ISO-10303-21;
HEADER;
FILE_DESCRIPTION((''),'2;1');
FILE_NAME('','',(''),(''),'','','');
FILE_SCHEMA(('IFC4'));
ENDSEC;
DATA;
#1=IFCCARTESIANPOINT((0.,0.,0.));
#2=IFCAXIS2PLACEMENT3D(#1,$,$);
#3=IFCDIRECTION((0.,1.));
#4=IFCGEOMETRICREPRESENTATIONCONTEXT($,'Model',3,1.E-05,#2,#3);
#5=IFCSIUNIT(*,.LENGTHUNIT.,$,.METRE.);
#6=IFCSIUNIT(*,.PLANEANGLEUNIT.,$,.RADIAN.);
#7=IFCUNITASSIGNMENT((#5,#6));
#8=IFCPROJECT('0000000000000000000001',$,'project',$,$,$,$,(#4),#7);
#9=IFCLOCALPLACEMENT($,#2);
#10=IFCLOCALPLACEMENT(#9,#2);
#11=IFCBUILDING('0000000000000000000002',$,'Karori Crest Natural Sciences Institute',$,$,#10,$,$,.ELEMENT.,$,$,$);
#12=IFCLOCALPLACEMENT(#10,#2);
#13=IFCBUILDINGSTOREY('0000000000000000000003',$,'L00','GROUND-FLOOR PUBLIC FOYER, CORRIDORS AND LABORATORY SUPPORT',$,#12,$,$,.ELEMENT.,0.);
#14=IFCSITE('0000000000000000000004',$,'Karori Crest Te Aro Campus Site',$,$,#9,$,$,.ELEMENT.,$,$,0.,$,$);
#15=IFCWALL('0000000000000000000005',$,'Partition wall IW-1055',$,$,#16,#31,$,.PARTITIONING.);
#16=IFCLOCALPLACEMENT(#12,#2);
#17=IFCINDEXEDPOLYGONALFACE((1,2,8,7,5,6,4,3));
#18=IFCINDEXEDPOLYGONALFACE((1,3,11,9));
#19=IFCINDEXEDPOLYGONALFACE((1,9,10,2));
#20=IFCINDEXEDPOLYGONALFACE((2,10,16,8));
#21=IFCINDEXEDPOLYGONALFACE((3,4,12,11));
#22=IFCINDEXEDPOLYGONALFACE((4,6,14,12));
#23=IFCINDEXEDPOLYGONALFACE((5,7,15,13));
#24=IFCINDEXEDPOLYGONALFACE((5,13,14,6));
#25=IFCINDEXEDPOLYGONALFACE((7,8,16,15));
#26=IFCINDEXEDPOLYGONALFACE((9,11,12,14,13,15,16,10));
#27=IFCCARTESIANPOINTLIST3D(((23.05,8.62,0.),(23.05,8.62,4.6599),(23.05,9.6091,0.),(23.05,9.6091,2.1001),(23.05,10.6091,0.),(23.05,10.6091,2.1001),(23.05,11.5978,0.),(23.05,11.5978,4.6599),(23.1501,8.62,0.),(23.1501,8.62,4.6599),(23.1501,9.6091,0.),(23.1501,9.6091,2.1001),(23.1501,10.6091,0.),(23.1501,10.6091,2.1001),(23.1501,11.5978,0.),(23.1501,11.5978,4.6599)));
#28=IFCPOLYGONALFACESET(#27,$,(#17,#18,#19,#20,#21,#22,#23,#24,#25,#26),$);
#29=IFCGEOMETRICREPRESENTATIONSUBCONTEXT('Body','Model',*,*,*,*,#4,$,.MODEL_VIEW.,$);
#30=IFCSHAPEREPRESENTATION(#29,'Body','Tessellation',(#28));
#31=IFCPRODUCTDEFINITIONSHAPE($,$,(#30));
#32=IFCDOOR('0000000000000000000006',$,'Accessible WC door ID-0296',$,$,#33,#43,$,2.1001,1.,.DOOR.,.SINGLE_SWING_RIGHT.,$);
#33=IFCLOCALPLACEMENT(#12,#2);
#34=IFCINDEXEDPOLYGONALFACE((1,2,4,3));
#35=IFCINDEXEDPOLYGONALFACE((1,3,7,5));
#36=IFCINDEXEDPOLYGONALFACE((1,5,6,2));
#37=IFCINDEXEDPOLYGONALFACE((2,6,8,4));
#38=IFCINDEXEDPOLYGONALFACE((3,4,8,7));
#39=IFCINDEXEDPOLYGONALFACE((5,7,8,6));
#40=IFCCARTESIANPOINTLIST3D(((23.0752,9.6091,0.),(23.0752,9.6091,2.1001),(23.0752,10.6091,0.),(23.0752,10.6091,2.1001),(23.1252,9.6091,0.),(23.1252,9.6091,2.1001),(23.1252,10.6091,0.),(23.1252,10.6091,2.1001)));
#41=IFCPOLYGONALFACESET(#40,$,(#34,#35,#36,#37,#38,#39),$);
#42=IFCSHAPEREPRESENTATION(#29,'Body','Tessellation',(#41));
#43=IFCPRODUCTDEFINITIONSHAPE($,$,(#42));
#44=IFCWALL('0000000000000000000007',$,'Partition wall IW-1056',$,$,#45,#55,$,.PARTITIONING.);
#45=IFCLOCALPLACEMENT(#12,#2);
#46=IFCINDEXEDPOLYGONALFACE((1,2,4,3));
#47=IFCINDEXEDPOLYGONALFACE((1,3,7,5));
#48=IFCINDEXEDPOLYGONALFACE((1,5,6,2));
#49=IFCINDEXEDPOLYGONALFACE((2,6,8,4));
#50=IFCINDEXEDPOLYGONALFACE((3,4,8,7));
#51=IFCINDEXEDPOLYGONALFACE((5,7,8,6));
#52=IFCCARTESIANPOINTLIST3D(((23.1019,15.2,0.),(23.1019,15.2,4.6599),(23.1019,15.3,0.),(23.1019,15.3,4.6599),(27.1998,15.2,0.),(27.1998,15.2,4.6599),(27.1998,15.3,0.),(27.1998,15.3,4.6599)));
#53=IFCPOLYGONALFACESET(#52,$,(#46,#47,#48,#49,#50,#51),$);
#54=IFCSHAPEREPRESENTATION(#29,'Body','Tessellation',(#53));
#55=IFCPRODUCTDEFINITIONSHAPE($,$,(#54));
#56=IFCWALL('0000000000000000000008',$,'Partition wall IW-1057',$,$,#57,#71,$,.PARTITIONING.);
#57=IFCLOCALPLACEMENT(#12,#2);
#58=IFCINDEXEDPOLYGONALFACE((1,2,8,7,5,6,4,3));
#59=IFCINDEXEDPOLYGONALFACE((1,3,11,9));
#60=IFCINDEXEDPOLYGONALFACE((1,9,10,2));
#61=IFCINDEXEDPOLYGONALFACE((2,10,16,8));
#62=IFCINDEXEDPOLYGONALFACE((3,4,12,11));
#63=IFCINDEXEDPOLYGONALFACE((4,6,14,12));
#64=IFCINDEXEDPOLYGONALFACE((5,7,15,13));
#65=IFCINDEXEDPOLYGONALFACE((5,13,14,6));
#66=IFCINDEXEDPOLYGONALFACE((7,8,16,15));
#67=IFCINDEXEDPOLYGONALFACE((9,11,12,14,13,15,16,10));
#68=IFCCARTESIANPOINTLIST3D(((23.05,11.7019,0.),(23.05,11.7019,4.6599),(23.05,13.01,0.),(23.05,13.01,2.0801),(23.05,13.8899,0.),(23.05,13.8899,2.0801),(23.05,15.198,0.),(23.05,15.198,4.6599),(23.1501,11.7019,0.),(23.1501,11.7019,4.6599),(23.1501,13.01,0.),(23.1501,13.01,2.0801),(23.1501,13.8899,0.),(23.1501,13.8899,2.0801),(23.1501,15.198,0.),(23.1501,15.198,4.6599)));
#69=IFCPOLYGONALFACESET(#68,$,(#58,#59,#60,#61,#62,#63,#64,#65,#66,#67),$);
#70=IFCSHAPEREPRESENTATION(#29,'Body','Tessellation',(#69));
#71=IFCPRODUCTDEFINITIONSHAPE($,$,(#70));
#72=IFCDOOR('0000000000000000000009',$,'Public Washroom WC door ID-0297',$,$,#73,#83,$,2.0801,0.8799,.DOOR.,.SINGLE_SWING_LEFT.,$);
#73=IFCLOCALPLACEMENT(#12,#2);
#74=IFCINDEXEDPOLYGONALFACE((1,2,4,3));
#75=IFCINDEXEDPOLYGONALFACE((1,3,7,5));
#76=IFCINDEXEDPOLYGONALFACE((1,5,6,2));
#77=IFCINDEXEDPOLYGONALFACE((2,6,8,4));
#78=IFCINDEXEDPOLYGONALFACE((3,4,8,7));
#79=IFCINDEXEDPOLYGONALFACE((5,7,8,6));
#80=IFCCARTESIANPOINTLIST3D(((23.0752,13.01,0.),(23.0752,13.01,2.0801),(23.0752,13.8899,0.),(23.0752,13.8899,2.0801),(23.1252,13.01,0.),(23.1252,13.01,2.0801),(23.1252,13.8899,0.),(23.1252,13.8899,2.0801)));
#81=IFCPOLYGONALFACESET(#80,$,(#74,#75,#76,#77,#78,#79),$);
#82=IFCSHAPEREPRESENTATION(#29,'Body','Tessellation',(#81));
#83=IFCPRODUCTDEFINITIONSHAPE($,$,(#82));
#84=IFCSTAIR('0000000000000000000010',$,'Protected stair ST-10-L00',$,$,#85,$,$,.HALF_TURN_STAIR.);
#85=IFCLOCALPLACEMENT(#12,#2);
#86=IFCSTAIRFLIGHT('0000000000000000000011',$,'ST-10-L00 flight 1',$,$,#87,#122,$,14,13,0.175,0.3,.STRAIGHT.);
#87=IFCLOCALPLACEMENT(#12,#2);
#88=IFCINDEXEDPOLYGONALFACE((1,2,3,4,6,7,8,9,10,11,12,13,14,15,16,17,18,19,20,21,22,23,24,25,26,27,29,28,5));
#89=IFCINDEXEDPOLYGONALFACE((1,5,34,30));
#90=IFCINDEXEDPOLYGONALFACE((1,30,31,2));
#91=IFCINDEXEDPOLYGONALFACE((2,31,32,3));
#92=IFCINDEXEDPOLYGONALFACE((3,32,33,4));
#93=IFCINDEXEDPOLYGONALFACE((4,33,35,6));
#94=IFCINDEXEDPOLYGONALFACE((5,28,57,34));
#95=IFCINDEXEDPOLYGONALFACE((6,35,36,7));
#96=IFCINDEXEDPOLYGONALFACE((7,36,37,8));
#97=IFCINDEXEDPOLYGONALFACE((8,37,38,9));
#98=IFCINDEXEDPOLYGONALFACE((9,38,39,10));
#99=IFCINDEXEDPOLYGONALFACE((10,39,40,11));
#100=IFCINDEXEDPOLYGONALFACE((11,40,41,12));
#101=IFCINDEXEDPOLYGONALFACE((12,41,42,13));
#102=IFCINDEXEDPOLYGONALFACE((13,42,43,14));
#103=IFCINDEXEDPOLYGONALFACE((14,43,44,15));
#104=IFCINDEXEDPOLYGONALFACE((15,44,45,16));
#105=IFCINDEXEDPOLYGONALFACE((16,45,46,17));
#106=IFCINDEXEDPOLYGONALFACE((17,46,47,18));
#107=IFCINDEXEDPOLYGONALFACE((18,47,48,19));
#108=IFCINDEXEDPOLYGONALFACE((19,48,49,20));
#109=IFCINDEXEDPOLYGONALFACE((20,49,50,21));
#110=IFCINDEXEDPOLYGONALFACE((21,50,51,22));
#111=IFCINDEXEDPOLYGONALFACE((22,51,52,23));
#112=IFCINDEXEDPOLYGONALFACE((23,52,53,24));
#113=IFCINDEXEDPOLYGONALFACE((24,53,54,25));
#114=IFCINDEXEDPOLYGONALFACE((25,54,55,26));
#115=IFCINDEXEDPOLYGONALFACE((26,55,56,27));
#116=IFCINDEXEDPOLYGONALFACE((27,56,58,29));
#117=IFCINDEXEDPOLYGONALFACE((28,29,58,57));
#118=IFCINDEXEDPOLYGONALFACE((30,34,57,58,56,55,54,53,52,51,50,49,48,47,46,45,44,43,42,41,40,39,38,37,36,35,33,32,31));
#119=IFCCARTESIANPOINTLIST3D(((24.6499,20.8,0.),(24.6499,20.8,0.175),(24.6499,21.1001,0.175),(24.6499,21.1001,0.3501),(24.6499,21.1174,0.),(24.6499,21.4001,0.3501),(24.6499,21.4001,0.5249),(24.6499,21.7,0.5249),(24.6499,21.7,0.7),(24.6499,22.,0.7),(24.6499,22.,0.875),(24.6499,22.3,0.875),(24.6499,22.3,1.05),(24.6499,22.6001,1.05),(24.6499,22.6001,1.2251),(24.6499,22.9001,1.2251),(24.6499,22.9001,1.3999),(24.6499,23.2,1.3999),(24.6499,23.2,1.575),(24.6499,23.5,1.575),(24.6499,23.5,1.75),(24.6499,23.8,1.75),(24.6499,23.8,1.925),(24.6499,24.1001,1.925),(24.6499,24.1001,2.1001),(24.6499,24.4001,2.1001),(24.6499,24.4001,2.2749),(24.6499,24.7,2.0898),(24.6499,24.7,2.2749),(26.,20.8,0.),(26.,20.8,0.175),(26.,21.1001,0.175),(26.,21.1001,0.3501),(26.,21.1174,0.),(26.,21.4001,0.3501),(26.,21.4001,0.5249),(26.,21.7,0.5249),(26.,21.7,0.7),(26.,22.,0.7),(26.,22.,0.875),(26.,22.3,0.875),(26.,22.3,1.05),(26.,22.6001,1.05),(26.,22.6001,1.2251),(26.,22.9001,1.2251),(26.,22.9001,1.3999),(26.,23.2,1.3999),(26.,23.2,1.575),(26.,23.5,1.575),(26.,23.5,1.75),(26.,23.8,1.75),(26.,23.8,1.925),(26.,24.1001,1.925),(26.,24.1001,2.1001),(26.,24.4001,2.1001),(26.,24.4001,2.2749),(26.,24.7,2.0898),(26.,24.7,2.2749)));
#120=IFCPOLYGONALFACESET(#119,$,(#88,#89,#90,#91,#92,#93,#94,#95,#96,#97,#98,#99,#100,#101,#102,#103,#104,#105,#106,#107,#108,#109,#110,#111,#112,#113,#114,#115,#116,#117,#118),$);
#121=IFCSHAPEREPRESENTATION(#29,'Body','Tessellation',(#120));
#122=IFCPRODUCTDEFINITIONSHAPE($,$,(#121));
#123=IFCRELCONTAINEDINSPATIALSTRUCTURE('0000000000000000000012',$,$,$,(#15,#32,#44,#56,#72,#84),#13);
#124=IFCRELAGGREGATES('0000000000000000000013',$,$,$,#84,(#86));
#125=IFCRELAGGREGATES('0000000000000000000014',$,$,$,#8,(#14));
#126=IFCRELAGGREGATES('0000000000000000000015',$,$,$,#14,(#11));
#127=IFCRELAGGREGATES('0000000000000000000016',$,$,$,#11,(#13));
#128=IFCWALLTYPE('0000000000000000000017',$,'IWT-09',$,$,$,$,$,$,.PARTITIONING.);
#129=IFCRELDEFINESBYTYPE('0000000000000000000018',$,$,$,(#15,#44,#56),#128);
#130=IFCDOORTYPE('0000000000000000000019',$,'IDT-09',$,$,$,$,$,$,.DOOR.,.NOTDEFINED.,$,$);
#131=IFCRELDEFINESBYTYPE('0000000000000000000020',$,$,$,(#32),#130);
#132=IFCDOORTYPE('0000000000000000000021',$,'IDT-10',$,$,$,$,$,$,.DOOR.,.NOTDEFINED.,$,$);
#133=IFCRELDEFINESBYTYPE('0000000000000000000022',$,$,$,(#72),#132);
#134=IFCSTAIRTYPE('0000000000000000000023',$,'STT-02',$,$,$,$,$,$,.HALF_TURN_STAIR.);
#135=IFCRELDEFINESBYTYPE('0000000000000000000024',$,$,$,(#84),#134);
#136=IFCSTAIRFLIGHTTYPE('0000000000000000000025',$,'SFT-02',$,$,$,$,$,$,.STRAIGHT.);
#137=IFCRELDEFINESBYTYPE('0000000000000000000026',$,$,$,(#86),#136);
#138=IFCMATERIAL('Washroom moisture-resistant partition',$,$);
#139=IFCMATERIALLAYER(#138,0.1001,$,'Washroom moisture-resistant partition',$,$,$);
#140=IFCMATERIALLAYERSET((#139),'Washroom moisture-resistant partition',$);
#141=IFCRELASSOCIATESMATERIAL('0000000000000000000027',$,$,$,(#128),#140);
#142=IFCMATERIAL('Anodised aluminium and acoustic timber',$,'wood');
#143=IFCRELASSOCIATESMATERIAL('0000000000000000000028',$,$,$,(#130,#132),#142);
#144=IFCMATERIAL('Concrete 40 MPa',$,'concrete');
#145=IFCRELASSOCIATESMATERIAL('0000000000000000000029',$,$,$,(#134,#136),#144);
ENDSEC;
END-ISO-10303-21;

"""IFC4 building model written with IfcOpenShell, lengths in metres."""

from ifc_helpers import new_model, si_unit, direction, frame, frame_2d, origin, place, context, subcontext, project, spatial, polyline, rectangle, outline, extrude, material, layer, layer_set, type_object, element, fill, aggregate, save


model = new_model("IFC4")

# Units and contexts
model_context = context("Model", 3, precision=1e-05, world=origin(), true_north=direction((0.0, 1.0)))
body_context = subcontext(model_context, "Body", "Model", "MODEL_VIEW")
ifc_project = project(units=[si_unit("LENGTHUNIT", "METRE"), si_unit("PLANEANGLEUNIT", "RADIAN")], contexts=[model_context])

# Site, building, storey
site_placement = place(None, origin())
site = spatial("IfcSite", under=ifc_project, at=site_placement, Name="Karori Crest Te Aro Campus Site", CompositionType="ELEMENT", RefElevation=0.0)
building_placement = place(site_placement, origin())
building = spatial("IfcBuilding", under=site, at=building_placement, Name="Karori Crest Natural Sciences Institute", CompositionType="ELEMENT")
storey_placement = place(building_placement, origin())
storey = spatial("IfcBuildingStorey", under=building, at=storey_placement, Name="L00", Description="GROUND-FLOOR PUBLIC FOYER, CORRIDORS AND LABORATORY SUPPORT", CompositionType="ELEMENT", Elevation=0.0)

# Shared definitions
ifc_material_1 = material(Name="Anodised aluminium and acoustic timber", Category="wood")

# Shared definitions
ifc_material_2 = material(Name="Washroom moisture-resistant partition")
ifc_layer_1 = layer(ifc_material_2, 0.1001, Name="Washroom moisture-resistant partition")
ifc_layer_set_1 = layer_set([ifc_layer_1], Name="Washroom moisture-resistant partition")
wall_type_1 = type_object("IfcWallType", Name="IWT-09", PredefinedType="PARTITIONING", material=ifc_layer_set_1)

# Wall, opening, door
wall_1_placement = place(storey_placement, frame((23.1001, 8.6201, 0.0), z_axis=(0.0, 0.0, 1.0), x_axis=(0.0, 1.0, 0.0)))
wall_1 = element("IfcWall", 1, at=wall_1_placement, inside=storey, type_object=wall_type_1, Name="Partition wall IW-1055", PredefinedType="PARTITIONING", context=body_context, shape_type="SweptSolid", body=[
    extrude(rectangle(XDim=2.9778, YDim=0.1001, at=frame_2d((1.4888, 0.0))), origin(), (0.0, 0.0, 1.0), 4.6599),
])
opening_1_placement = place(wall_1_placement, frame((0.989, 0.0, 0.0)))
opening_1 = element("IfcOpeningElement", 2, at=opening_1_placement, cuts=wall_1, PredefinedType="OPENING", context=body_context, shape_type="SweptSolid", body=[
    extrude(rectangle(XDim=1.0, YDim=2.1001, at=frame_2d((0.5, 1.05))), frame((0.0, 0.0601, 0.0), z_axis=(0.0, -1.0, 0.0), x_axis=(1.0, 0.0, 0.0)), (0.0, 0.0, 1.0), 0.1201),
])
door_type_1 = type_object("IfcDoorType", Name="IDT-09", OperationType="NOTDEFINED", PredefinedType="DOOR", material=ifc_material_1)
door_1_placement = place(opening_1_placement, origin())
door_1 = element("IfcDoor", 3, at=door_1_placement, inside=storey, type_object=door_type_1, Name="Accessible WC door ID-0296", OperationType="SINGLE_SWING_RIGHT", OverallHeight=2.1001, OverallWidth=1.0, PredefinedType="DOOR", context=body_context, shape_type="SweptSolid", body=[
    extrude(rectangle(XDim=1.0, YDim=2.1001, at=frame_2d((0.5, 1.05))), frame((0.0, 0.0249, 0.0), z_axis=(0.0, -1.0, 0.0), x_axis=(1.0, 0.0, 0.0)), (0.0, 0.0, 1.0), 0.05),
])
fill(opening_1, door_1)

# Wall
wall_2_placement = place(storey_placement, frame((23.1021, 15.25, 0.0), z_axis=(0.0, 0.0, 1.0), x_axis=(1.0, 0.0, 0.0)))
element("IfcWall", 4, at=wall_2_placement, inside=storey, type_object=wall_type_1, Name="Partition wall IW-1056", PredefinedType="PARTITIONING", context=body_context, shape_type="SweptSolid", body=[
    extrude(rectangle(XDim=4.0979, YDim=0.1001, at=frame_2d((2.0488, 0.0))), origin(), (0.0, 0.0, 1.0), 4.6599),
])

# Wall, opening, door
wall_3_placement = place(storey_placement, frame((23.1001, 11.7019, 0.0), z_axis=(0.0, 0.0, 1.0), x_axis=(0.0, 1.0, 0.0)))
wall_3 = element("IfcWall", 5, at=wall_3_placement, inside=storey, type_object=wall_type_1, Name="Partition wall IW-1057", PredefinedType="PARTITIONING", context=body_context, shape_type="SweptSolid", body=[
    extrude(rectangle(XDim=3.4961, YDim=0.1001, at=frame_2d((1.748, 0.0))), origin(), (0.0, 0.0, 1.0), 4.6599),
])
opening_2_placement = place(wall_3_placement, frame((1.3081, 0.0, 0.0)))
opening_2 = element("IfcOpeningElement", 6, at=opening_2_placement, cuts=wall_3, PredefinedType="OPENING", context=body_context, shape_type="SweptSolid", body=[
    extrude(rectangle(XDim=0.8799, YDim=2.0801, at=frame_2d((0.4399, 1.04))), frame((0.0, 0.0601, 0.0), z_axis=(0.0, -1.0, 0.0), x_axis=(1.0, 0.0, 0.0)), (0.0, 0.0, 1.0), 0.1201),
])
door_type_2 = type_object("IfcDoorType", Name="IDT-10", OperationType="NOTDEFINED", PredefinedType="DOOR", material=ifc_material_1)
door_2_placement = place(opening_2_placement, origin())
door_2 = element("IfcDoor", 7, at=door_2_placement, inside=storey, type_object=door_type_2, Name="Public Washroom WC door ID-0297", OperationType="SINGLE_SWING_LEFT", OverallHeight=2.0801, OverallWidth=0.8799, PredefinedType="DOOR", context=body_context, shape_type="SweptSolid", body=[
    extrude(rectangle(XDim=0.8799, YDim=2.0801, at=frame_2d((0.4399, 1.04))), frame((0.0, 0.0249, 0.0), z_axis=(0.0, -1.0, 0.0), x_axis=(1.0, 0.0, 0.0)), (0.0, 0.0, 1.0), 0.05),
])
fill(opening_2, door_2)

# Stair, stair flight
ifc_material_3 = material(Name="Concrete 40 MPa", Category="concrete")
stair_type = type_object("IfcStairType", Name="STT-02", PredefinedType="HALF_TURN_STAIR", material=ifc_material_3)
stair_placement = place(storey_placement, origin())
stair = element("IfcStair", 8, at=stair_placement, inside=storey, type_object=stair_type, Name="Protected stair ST-10-L00", PredefinedType="HALF_TURN_STAIR")
stair_flight_type = type_object("IfcStairFlightType", Name="SFT-02", PredefinedType="STRAIGHT", material=ifc_material_3)
stair_flight_placement = place(storey_placement, frame((25.325, 20.8, 0.0), z_axis=(0.0, 0.0, 1.0), x_axis=(0.0, 1.0, 0.0)))
stair_flight = element("IfcStairFlight", 9, at=stair_flight_placement, type_object=stair_flight_type, Name="ST-10-L00 flight 1", NumberOfRisers=14, NumberOfTreads=13, PredefinedType="STRAIGHT", RiserHeight=0.175, TreadLength=0.3, context=body_context, shape_type="SweptSolid", body=[
    extrude(outline(polyline([(0.0, 0.0), (0.0, 0.175), (0.3, 0.175), (0.3, 0.3501), (0.6001, 0.3501), (0.6001, 0.5249), (0.8999, 0.5249), (0.8999, 0.7), (1.2, 0.7), (1.2, 0.875), (1.5, 0.875), (1.5, 1.05), (1.8, 1.05), (1.8, 1.2251), (2.1001, 1.2251), (2.1001, 1.3999), (2.3999, 1.3999), (2.3999, 1.575), (2.7, 1.575), (2.7, 1.75), (3.0, 1.75), (3.0, 1.925), (3.3, 1.925), (3.3, 2.1001), (3.6001, 2.1001), (3.6001, 2.2749), (3.8999, 2.2749), (3.8999, 2.45), (3.8999, 2.0898), (0.3174, 0.0), (0.0, 0.0)])), frame((0.0, 0.675, 0.0), z_axis=(0.0, -1.0, 0.0), x_axis=(1.0, 0.0, 0.0)), (0.0, 0.0, 1.0), 1.3501),
])
aggregate(stair, [stair_flight])

save(model, "model.ifc")
